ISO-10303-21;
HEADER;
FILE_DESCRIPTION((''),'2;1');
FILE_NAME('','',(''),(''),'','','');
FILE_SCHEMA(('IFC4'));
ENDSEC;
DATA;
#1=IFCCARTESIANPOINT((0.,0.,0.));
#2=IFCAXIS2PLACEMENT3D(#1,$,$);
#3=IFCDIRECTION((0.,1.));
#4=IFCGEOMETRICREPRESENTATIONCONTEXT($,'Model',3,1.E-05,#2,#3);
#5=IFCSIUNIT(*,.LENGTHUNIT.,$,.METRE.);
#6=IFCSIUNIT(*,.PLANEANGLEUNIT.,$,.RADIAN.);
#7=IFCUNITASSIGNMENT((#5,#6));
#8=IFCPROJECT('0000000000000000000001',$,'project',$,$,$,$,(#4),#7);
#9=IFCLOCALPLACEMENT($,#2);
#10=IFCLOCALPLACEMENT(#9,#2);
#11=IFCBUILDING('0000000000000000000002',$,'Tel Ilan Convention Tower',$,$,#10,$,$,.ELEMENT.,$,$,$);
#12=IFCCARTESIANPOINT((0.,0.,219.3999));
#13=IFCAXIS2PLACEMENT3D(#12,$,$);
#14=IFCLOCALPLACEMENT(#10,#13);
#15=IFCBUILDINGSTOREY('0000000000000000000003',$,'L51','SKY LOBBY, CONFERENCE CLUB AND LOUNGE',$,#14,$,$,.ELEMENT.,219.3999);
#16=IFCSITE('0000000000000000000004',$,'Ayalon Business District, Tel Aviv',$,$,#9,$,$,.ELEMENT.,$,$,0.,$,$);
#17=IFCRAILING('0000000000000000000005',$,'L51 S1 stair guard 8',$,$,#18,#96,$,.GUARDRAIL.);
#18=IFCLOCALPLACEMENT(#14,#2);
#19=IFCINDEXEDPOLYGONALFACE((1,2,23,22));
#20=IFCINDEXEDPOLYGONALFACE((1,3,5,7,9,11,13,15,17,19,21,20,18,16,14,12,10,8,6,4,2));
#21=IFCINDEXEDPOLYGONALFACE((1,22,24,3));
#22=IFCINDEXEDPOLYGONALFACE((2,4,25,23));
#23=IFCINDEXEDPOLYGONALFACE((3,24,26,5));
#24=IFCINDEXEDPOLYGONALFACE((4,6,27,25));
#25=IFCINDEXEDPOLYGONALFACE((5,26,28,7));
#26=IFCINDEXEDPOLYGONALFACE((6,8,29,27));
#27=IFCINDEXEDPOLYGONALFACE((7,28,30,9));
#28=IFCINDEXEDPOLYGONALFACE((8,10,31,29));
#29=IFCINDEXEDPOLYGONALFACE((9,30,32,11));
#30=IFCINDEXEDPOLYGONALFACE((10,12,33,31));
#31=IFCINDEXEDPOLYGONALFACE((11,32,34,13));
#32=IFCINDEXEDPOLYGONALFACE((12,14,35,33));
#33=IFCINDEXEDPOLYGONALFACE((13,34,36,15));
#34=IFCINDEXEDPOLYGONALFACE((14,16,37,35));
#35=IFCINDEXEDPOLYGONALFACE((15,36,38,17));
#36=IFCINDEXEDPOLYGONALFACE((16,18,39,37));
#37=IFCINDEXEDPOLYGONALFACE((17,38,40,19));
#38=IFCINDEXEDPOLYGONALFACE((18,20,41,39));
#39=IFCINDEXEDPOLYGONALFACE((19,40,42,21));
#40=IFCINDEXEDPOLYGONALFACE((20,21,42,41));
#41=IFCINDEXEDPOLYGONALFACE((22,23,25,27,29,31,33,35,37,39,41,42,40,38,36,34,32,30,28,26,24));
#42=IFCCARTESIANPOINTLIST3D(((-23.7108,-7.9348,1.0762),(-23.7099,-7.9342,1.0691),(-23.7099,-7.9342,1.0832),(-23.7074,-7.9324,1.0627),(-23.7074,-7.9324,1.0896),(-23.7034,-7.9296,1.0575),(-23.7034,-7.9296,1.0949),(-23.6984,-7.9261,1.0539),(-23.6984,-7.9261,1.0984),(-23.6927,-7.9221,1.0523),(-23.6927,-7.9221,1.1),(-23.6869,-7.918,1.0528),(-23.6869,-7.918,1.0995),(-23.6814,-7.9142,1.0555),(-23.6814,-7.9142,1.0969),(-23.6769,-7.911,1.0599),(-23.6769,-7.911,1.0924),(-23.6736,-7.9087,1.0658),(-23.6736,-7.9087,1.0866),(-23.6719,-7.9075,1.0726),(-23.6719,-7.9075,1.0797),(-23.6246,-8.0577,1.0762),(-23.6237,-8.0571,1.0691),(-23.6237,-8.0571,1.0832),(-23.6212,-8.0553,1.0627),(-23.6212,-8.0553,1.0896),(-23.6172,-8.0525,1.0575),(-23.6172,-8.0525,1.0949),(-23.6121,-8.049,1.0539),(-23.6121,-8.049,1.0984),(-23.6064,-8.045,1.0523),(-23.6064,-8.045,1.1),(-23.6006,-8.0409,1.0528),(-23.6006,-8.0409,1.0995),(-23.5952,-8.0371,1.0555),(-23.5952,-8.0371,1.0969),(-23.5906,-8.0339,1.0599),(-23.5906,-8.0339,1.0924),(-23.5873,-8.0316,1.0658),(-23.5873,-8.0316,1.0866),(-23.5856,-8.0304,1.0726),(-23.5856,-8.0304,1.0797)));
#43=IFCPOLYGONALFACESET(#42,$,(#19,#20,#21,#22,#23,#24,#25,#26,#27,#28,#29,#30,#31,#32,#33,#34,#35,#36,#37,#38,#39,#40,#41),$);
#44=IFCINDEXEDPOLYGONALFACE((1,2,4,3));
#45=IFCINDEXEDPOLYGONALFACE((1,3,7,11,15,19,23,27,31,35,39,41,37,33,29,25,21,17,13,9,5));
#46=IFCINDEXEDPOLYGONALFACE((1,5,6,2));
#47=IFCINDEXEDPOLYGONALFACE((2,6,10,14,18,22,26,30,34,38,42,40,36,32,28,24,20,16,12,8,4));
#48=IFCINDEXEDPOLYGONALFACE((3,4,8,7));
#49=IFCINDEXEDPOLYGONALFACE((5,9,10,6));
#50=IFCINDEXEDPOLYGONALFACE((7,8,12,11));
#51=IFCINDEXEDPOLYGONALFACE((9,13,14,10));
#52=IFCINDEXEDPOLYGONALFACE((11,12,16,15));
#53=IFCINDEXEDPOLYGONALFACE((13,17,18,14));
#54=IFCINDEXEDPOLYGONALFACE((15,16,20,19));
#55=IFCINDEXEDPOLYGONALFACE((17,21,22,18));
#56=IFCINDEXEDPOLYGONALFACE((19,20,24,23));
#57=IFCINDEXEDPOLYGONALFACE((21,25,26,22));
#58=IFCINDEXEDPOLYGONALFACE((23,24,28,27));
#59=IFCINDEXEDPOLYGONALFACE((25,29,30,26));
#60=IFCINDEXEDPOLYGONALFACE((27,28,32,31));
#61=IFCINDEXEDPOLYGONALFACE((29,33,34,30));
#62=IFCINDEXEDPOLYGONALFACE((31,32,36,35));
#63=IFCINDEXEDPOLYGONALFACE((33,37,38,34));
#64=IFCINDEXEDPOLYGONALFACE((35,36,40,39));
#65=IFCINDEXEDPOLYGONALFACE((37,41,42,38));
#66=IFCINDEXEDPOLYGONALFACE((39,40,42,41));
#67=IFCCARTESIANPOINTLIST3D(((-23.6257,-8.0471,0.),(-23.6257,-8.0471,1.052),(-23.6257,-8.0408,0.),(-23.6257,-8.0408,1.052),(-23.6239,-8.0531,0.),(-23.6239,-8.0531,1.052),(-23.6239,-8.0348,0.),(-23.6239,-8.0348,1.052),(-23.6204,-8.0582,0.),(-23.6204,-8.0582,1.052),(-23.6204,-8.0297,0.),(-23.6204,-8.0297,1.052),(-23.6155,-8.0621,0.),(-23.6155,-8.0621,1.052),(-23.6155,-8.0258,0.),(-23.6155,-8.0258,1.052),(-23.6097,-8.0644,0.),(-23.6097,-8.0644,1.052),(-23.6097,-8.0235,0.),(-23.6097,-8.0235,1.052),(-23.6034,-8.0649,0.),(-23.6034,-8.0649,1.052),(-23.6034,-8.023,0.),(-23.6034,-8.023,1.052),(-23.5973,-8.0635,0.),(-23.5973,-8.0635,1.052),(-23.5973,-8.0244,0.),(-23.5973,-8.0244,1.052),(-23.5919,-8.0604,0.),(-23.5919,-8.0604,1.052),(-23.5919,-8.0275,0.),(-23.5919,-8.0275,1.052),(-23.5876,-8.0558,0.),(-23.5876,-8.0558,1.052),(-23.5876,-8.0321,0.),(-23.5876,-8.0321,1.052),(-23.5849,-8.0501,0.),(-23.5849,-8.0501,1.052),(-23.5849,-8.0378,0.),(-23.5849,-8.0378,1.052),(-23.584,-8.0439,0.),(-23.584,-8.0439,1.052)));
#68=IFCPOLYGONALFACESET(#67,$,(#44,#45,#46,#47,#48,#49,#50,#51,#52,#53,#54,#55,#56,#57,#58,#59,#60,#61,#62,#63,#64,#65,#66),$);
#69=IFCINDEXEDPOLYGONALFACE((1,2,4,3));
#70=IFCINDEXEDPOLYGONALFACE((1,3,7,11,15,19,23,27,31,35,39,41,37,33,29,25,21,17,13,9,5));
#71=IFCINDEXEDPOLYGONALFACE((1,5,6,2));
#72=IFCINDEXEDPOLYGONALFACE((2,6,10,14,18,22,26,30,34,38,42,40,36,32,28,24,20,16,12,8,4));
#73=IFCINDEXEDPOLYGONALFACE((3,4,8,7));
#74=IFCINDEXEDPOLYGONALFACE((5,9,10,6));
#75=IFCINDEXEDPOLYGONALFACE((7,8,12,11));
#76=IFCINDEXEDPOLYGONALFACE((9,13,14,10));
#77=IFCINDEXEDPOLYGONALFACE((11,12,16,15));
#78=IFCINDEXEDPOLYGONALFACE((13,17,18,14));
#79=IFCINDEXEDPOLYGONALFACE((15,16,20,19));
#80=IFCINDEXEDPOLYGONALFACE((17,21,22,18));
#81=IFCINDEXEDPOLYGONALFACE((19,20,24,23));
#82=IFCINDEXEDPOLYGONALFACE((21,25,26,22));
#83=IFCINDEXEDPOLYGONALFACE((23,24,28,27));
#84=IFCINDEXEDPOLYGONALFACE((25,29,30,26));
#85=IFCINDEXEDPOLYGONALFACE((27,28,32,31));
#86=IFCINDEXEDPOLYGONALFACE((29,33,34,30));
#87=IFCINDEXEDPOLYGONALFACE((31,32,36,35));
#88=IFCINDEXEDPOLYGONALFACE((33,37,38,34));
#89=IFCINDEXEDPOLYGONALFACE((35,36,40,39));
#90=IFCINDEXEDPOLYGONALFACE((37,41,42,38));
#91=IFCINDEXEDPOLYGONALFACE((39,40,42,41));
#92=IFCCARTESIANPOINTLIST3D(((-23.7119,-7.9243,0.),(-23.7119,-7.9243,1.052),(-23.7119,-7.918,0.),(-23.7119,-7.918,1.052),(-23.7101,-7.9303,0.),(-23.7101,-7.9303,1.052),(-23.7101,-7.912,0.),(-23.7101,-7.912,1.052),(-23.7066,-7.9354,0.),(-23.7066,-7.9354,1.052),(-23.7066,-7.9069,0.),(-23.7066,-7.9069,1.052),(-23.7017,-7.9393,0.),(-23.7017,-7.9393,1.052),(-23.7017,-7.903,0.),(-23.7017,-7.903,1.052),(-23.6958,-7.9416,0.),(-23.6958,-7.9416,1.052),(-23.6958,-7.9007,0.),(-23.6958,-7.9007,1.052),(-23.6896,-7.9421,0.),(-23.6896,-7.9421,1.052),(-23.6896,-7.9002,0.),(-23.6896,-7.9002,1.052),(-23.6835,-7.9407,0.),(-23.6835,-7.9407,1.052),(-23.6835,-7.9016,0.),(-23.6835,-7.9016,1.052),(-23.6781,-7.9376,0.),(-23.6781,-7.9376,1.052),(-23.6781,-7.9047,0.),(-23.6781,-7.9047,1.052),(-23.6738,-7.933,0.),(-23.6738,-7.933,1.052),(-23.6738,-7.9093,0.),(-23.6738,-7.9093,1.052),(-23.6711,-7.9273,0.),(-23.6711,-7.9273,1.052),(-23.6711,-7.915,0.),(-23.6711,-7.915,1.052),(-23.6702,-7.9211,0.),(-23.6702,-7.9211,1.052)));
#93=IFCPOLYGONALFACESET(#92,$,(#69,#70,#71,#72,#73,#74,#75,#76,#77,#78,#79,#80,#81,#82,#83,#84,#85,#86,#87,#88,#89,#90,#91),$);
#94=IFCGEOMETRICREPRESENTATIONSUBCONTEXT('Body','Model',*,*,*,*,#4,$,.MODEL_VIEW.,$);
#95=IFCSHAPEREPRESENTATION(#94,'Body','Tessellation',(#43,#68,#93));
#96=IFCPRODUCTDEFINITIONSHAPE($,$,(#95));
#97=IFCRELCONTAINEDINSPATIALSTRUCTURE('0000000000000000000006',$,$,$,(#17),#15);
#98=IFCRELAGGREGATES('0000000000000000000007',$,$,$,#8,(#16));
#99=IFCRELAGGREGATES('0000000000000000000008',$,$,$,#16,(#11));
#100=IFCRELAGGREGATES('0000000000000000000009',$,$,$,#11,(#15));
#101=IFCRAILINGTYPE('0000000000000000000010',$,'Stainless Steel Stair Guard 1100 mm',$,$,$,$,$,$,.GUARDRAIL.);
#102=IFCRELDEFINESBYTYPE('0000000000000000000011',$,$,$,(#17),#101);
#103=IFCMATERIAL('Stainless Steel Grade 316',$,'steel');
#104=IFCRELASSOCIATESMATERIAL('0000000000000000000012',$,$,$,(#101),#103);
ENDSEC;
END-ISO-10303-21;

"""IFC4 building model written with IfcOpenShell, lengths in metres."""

from ifc_helpers import new_model, si_unit, direction, frame, origin, origin_2d, place, context, subcontext, project, spatial, circle, extrude, material, type_object, element, save


model = new_model("IFC4")

# Units and contexts
model_context = context("Model", 3, precision=1e-05, world=origin(), true_north=direction((0.0, 1.0)))
body_context = subcontext(model_context, "Body", "Model", "MODEL_VIEW")
ifc_project = project(units=[si_unit("LENGTHUNIT", "METRE"), si_unit("PLANEANGLEUNIT", "RADIAN")], contexts=[model_context])

# Site, building, storey
site_placement = place(None, origin())
site = spatial("IfcSite", under=ifc_project, at=site_placement, Name="Ayalon Business District, Tel Aviv", CompositionType="ELEMENT", RefElevation=0.0)
building_placement = place(site_placement, origin())
building = spatial("IfcBuilding", under=site, at=building_placement, Name="Tel Ilan Convention Tower", CompositionType="ELEMENT")
storey_placement = place(building_placement, frame((0.0, 0.0, 219.3999)))
storey = spatial("IfcBuildingStorey", under=building, at=storey_placement, Name="L51", Description="SKY LOBBY, CONFERENCE CLUB AND LOUNGE", CompositionType="ELEMENT", Elevation=219.3999)

# Railing
ifc_material_1 = material(Name="Stainless Steel Grade 316", Category="steel")
railing_type = type_object("IfcRailingType", Name="Stainless Steel Stair Guard 1100 mm", PredefinedType="GUARDRAIL", material=ifc_material_1)
railing_1_placement = place(storey_placement, frame((-23.605, -8.0439, 0.0)))
element("IfcRailing", 1, at=railing_1_placement, inside=storey, type_object=railing_type, Name="L51 S1 stair guard 8", PredefinedType="GUARDRAIL", context=body_context, shape_type="SweptSolid", body=[
    extrude(circle(Radius=0.0239, at=origin_2d()), frame((0.0, 0.0, 1.0762), z_axis=(-0.574445, 0.818543, 0.0), x_axis=(-0.818543, -0.574445, 0.0)), (0.0, 0.0, 1.0), 0.1501),
    extrude(circle(Radius=0.021, at=origin_2d()), origin(), (0.0, 0.0, 1.0), 1.052),
    extrude(circle(Radius=0.021, at=origin_2d()), frame((-0.0862, 0.1228, 0.0)), (0.0, 0.0, 1.0), 1.052),
])

save(model, "model.ifc")
